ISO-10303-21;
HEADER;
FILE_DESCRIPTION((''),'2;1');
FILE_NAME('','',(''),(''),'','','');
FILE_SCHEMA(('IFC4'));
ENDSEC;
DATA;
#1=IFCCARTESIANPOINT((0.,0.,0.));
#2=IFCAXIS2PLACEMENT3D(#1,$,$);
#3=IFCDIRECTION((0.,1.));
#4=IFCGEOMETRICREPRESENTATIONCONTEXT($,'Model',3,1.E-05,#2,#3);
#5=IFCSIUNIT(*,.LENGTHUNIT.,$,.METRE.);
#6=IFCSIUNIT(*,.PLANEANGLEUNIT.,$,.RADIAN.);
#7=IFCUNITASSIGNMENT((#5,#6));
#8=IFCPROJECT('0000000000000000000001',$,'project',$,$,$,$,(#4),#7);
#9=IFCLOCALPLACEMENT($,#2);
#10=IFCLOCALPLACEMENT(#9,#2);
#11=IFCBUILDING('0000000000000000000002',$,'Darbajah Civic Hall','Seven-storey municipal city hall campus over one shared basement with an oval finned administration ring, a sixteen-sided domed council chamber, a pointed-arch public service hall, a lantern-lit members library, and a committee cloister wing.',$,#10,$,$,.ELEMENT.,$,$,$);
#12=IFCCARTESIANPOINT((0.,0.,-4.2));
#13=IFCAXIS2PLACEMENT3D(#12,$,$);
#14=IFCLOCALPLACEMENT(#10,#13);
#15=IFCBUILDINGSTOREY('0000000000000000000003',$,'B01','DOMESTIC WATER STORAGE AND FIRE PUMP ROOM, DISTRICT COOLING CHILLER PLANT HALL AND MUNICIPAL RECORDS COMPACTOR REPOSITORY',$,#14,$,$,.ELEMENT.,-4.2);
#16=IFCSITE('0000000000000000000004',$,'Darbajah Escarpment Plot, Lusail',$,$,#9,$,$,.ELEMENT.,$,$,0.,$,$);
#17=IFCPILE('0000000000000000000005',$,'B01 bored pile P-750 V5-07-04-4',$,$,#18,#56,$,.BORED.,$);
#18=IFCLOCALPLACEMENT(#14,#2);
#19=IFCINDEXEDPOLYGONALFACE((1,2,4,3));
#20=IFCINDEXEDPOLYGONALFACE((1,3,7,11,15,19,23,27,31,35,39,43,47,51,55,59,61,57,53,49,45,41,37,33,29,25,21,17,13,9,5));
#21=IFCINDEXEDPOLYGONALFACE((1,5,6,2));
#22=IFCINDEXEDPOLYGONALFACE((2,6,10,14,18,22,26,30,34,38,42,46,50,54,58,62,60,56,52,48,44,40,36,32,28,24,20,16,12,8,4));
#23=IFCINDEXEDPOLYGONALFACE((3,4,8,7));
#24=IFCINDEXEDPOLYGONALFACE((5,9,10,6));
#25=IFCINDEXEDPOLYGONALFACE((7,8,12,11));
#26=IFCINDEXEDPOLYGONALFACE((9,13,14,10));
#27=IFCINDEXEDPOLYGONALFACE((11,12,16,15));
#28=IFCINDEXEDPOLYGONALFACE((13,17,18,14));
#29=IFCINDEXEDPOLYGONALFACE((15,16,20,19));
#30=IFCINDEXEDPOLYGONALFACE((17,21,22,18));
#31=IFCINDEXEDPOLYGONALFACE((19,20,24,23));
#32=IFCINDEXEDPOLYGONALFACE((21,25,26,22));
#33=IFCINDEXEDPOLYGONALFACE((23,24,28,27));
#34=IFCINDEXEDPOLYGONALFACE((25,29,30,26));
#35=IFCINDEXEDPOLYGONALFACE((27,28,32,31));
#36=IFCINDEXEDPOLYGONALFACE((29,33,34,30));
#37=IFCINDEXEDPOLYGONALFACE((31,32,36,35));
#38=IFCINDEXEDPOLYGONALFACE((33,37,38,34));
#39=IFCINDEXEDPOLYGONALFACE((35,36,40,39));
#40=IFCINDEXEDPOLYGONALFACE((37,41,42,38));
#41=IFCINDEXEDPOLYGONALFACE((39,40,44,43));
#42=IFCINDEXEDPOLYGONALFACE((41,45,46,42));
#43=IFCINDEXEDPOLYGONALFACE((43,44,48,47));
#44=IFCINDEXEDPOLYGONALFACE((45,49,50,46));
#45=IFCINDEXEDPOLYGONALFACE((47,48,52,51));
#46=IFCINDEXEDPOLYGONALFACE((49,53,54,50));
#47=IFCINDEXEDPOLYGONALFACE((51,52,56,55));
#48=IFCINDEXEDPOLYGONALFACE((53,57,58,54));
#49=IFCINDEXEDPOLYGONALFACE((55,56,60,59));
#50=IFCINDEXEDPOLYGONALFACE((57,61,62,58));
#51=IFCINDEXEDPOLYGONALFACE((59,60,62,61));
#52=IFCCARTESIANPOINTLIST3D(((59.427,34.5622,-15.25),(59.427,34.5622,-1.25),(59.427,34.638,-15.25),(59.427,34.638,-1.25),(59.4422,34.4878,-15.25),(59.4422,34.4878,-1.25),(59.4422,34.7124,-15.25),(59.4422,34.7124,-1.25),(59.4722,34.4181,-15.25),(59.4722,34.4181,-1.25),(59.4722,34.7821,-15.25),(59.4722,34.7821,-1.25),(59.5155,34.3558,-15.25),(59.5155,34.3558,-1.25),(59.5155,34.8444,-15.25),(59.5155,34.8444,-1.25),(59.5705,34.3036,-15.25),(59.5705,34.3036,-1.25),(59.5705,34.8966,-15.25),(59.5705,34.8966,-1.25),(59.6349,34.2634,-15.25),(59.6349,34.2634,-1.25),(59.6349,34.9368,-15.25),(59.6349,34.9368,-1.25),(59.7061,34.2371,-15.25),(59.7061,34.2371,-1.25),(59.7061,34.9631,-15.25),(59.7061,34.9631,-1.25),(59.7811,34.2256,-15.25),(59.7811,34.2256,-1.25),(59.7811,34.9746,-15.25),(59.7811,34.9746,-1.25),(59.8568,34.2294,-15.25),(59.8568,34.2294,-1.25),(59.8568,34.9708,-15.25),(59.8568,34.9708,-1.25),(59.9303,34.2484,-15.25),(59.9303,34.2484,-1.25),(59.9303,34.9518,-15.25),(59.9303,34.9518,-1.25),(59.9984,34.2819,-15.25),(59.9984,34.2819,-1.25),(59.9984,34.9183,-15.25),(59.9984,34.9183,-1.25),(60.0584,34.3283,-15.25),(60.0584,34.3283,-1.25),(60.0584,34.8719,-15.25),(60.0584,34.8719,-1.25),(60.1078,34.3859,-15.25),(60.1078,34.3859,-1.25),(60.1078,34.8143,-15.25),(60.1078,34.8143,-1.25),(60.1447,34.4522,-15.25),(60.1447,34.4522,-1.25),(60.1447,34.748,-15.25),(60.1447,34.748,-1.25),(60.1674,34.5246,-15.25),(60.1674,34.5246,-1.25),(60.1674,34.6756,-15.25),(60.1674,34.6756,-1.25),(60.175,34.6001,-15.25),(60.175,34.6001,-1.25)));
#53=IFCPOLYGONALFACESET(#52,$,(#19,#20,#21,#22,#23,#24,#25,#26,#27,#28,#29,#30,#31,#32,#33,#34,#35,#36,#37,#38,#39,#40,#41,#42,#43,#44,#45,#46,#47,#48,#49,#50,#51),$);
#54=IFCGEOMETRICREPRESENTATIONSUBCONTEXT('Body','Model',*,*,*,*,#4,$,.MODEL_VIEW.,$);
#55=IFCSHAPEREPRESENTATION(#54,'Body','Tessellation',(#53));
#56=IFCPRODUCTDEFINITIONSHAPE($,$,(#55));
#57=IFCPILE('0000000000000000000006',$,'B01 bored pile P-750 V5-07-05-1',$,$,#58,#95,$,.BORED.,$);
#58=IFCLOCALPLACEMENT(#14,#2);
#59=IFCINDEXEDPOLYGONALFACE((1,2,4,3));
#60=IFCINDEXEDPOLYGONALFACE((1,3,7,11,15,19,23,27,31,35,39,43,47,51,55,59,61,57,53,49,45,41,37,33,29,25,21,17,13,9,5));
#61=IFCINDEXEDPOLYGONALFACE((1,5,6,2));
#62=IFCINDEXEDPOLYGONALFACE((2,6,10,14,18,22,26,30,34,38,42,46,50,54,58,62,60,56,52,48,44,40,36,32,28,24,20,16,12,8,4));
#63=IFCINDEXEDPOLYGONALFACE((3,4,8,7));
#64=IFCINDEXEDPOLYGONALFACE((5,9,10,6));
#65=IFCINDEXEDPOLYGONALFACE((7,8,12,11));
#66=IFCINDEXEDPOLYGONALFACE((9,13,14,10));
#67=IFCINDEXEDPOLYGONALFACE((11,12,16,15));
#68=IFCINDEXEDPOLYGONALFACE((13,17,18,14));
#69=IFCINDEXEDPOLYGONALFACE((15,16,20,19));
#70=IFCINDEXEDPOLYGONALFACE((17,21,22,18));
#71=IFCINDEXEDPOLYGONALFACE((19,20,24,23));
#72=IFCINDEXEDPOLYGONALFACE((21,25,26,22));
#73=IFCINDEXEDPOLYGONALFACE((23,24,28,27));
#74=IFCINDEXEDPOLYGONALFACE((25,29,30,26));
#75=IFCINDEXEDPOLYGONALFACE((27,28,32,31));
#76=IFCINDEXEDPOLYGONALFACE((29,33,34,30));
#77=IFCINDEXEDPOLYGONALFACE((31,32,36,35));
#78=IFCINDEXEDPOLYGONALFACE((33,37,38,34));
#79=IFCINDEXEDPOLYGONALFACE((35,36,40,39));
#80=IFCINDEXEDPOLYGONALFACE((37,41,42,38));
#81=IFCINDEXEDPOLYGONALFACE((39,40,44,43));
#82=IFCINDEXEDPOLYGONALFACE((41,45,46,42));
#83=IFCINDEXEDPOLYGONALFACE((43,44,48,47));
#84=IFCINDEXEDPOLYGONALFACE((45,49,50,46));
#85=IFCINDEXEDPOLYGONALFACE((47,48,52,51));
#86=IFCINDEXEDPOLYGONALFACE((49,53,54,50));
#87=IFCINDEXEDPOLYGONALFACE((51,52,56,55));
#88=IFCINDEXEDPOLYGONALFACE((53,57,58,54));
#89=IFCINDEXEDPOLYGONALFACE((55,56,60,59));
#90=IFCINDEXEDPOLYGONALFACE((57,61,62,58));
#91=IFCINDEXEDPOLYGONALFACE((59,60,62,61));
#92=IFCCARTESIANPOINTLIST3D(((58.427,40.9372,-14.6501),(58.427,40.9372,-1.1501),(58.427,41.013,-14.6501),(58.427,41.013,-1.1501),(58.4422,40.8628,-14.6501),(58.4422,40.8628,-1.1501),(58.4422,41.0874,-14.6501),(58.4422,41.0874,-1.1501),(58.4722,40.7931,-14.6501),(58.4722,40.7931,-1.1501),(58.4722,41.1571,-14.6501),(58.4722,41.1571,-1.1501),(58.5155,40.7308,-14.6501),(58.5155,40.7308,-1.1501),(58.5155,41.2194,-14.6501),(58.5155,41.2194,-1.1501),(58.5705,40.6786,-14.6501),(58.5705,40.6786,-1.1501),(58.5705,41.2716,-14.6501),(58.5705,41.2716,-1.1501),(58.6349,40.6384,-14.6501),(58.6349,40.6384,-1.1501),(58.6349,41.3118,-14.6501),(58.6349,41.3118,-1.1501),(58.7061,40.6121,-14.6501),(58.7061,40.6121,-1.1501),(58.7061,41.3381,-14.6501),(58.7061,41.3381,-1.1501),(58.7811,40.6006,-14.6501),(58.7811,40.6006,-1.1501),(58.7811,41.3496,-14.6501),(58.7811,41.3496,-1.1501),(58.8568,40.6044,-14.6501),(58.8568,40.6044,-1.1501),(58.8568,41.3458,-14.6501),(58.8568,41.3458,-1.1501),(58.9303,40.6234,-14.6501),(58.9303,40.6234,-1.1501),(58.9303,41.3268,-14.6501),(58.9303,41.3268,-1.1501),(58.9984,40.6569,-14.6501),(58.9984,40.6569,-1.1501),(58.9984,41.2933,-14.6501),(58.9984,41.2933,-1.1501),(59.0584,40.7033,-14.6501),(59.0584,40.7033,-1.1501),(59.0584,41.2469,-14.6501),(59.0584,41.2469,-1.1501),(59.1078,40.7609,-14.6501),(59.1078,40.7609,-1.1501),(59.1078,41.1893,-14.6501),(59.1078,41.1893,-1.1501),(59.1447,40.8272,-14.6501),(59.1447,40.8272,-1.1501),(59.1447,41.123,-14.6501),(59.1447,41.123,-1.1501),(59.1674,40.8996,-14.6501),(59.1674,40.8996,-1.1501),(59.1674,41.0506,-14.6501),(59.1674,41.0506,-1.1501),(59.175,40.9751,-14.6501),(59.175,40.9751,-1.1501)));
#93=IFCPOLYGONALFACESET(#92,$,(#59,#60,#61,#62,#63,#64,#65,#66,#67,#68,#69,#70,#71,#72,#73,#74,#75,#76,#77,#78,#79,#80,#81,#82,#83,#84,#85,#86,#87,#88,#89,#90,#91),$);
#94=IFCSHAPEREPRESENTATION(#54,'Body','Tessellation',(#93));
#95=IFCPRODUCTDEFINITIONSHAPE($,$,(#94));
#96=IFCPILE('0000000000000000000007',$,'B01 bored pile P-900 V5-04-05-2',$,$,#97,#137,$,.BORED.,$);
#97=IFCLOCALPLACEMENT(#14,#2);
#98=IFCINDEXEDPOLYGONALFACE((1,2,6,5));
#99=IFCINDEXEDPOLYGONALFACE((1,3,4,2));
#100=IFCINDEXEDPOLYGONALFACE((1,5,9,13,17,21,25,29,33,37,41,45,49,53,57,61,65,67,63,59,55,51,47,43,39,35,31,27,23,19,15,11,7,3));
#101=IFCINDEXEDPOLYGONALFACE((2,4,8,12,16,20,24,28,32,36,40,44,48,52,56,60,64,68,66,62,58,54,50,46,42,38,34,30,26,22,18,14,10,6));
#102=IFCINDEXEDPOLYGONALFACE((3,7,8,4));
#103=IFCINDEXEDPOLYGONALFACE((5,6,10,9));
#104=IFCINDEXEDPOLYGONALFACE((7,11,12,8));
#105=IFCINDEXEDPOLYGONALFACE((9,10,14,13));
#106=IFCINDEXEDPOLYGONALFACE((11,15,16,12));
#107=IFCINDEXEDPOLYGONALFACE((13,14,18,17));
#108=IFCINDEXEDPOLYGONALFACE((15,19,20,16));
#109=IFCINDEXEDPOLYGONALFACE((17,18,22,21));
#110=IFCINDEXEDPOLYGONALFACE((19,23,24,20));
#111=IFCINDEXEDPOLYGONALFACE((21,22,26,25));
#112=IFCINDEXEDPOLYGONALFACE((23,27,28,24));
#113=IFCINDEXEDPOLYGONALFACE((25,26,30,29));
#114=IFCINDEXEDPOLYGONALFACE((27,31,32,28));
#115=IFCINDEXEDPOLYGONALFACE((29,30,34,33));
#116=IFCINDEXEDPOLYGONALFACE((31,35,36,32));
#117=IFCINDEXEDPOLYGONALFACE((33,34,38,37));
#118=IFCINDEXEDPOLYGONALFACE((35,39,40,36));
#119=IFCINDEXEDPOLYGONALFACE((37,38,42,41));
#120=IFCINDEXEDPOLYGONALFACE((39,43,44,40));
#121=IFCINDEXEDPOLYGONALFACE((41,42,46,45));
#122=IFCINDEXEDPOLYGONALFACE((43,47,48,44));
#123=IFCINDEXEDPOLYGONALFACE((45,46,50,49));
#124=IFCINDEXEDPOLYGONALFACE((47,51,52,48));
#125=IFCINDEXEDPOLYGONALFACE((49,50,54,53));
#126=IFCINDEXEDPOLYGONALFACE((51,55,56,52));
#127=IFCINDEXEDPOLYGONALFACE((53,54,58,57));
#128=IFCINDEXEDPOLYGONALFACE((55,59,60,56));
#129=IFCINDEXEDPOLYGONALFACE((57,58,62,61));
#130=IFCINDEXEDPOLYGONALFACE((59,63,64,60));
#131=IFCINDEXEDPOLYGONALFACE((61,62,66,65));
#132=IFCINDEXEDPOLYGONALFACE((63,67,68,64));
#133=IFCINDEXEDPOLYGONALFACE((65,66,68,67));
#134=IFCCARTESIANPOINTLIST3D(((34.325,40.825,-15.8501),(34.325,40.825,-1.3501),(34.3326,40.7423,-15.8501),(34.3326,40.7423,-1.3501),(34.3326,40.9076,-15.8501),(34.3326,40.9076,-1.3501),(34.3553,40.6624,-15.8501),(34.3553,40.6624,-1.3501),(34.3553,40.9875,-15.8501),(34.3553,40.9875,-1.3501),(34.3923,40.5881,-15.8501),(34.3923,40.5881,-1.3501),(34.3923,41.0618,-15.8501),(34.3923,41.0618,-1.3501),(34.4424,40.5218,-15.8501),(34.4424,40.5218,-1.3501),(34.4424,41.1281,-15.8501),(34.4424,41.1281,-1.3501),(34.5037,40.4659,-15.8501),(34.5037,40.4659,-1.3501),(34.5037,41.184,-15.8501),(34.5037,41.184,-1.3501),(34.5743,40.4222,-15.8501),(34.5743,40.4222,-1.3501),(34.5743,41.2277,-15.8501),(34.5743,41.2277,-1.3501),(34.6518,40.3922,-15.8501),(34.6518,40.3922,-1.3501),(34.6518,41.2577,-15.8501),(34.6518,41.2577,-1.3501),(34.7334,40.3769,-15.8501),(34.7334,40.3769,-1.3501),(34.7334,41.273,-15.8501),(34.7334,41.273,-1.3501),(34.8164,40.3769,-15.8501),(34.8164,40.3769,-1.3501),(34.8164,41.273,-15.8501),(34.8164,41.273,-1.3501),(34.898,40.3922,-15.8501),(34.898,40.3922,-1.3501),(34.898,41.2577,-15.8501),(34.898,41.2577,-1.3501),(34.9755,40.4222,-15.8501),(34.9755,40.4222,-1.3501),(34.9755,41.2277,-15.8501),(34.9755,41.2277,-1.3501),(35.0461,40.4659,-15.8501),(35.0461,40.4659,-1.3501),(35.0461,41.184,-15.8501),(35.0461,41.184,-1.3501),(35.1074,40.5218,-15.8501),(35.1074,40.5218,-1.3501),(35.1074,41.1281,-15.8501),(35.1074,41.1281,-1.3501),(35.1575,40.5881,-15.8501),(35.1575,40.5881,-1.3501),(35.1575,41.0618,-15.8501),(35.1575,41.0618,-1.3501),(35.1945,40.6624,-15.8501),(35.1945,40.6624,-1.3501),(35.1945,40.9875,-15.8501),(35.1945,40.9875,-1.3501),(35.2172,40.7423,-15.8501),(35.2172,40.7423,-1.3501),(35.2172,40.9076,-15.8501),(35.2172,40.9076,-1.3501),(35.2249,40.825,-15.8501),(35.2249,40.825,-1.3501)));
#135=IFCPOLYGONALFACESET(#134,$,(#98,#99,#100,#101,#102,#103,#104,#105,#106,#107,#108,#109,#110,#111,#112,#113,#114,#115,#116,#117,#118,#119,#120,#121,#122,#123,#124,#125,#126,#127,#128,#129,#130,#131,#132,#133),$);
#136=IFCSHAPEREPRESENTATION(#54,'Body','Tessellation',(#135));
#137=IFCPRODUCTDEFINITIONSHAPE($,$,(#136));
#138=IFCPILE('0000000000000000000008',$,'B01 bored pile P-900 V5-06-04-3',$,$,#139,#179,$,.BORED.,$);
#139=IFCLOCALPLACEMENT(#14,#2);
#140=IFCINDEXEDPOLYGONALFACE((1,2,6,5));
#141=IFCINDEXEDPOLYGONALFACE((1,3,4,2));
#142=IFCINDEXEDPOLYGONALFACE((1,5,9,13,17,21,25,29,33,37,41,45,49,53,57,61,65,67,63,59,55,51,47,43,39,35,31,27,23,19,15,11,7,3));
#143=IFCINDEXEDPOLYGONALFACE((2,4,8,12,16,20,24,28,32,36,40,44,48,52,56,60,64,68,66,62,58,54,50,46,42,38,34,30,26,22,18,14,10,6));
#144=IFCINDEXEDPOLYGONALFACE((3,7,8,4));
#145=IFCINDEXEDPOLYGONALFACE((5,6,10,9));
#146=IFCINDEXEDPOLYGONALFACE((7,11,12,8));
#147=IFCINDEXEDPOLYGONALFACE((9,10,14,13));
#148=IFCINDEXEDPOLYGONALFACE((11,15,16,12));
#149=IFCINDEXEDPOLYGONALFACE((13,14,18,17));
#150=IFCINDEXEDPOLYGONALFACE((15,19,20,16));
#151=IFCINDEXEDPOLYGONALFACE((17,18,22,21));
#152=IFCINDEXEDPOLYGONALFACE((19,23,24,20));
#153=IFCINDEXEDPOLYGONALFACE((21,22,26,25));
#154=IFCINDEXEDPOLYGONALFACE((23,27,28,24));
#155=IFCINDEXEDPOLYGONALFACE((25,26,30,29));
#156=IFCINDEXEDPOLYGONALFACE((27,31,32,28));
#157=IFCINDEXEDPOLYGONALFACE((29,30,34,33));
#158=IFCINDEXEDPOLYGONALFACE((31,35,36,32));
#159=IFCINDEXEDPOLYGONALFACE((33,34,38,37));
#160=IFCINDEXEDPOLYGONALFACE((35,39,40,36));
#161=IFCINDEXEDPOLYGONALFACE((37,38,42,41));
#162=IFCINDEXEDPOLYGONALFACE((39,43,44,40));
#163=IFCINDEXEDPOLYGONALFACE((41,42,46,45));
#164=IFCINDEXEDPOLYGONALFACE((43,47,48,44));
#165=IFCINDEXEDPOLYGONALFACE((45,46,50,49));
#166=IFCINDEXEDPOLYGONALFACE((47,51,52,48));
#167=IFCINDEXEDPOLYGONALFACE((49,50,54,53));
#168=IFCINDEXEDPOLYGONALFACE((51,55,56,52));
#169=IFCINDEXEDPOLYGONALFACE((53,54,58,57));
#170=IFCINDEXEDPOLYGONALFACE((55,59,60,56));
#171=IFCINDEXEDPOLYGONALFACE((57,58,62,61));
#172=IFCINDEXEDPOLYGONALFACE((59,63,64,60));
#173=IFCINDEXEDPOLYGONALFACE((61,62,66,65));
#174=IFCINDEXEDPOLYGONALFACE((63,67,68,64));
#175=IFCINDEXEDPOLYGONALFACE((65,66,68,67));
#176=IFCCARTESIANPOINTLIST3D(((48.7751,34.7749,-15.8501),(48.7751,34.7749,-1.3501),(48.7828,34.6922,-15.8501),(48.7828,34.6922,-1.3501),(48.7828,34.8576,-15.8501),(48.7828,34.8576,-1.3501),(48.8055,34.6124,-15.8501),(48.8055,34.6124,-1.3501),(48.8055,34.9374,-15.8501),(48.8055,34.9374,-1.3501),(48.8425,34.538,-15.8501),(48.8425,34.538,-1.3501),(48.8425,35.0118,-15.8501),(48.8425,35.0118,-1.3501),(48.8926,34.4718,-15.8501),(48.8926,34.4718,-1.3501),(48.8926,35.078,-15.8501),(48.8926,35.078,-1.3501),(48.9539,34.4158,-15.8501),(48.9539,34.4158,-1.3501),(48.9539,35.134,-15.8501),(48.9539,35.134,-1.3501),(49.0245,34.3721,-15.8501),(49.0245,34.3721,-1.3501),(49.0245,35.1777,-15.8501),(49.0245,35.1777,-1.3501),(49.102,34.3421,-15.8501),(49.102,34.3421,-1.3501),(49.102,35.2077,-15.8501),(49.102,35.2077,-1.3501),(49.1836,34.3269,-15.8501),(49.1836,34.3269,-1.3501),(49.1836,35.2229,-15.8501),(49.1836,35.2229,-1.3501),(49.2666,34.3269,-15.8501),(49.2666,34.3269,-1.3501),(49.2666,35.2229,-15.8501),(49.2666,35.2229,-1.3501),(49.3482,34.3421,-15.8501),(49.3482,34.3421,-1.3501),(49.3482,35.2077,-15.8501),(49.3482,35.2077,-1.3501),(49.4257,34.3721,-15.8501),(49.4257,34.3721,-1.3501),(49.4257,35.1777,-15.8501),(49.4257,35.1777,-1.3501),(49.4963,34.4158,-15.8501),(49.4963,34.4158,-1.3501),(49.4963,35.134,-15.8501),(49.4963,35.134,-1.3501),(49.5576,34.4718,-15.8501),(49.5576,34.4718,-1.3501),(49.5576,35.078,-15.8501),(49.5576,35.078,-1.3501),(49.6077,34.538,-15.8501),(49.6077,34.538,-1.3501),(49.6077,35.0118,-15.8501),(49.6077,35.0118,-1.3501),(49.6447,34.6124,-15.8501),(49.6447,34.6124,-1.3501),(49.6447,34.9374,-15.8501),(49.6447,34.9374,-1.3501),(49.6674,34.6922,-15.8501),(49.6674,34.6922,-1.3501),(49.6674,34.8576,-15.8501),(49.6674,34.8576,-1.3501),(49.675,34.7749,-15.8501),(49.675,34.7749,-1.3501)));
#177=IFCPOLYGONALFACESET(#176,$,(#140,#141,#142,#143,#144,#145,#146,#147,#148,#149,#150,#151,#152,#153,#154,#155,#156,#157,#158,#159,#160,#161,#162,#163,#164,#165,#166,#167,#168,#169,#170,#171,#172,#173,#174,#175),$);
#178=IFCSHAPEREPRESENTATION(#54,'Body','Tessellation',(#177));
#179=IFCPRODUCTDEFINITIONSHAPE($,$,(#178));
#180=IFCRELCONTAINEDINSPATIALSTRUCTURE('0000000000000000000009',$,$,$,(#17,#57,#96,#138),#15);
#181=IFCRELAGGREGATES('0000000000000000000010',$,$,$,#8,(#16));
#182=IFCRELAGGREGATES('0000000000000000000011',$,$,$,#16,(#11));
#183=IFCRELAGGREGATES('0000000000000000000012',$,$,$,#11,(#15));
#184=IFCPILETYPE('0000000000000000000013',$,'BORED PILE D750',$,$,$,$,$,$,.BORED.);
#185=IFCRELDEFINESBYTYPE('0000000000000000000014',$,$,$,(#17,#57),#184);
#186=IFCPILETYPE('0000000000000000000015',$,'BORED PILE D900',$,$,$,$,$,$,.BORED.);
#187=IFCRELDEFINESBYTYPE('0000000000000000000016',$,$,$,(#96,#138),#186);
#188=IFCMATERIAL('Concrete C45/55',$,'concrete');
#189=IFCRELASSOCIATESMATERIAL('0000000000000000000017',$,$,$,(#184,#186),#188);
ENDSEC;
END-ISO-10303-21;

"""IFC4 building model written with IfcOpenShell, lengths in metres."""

from ifc_helpers import new_model, si_unit, direction, frame, origin, origin_2d, place, context, subcontext, project, spatial, circle, extrude, material, material_profile, profile_set, type_object, element, save


model = new_model("IFC4")

# Units and contexts
model_context = context("Model", 3, precision=1e-05, world=origin(), true_north=direction((0.0, 1.0)))
body_context = subcontext(model_context, "Body", "Model", "MODEL_VIEW")
ifc_project = project(units=[si_unit("LENGTHUNIT", "METRE"), si_unit("PLANEANGLEUNIT", "RADIAN")], contexts=[model_context])

# Site, building, storey
site_placement = place(None, origin())
site = spatial("IfcSite", under=ifc_project, at=site_placement, Name="Darbajah Escarpment Plot, Lusail", CompositionType="ELEMENT", RefElevation=0.0)
building_placement = place(site_placement, origin())
building = spatial("IfcBuilding", under=site, at=building_placement, Name="Darbajah Civic Hall", Description="Seven-storey municipal city hall campus over one shared basement with an oval finned administration ring, a sixteen-sided domed council chamber, a pointed-arch public service hall, a lantern-lit members library, and a committee cloister wing.", CompositionType="ELEMENT")
storey_placement = place(building_placement, frame((0.0, 0.0, -4.2)))
storey = spatial("IfcBuildingStorey", under=building, at=storey_placement, Name="B01", Description="DOMESTIC WATER STORAGE AND FIRE PUMP ROOM, DISTRICT COOLING CHILLER PLANT HALL AND MUNICIPAL RECORDS COMPACTOR REPOSITORY", CompositionType="ELEMENT", Elevation=-4.2)

# Piles
ifc_material_1 = material(Name="Concrete C45/55", Category="concrete")
ifc_material_profile_1 = material_profile(ifc_material_1, circle(Radius=0.375, at=origin_2d()), Name="BORED PILE D750")
ifc_profile_set_1 = profile_set([ifc_material_profile_1], Name="Concrete C45/55")
pile_type_1 = type_object("IfcPileType", Name="BORED PILE D750", PredefinedType="BORED", material=ifc_profile_set_1)
for number, where, z_axis, x_axis, name in (
    (1, (59.8, 34.6001, -1.25), (0.0, 0.0, -1.0), (1.0, 0.0, 0.0), "B01 bored pile P-750 V5-07-04-4"),
):
    element("IfcPile", number, at=place(storey_placement, frame(where, z_axis=z_axis, x_axis=x_axis)), inside=storey, type_object=pile_type_1, Name=name, PredefinedType="BORED", context=body_context, shape_type="SweptSolid", body=[
        extrude(circle(Radius=0.375, at=origin_2d()), origin(), (0.0, 0.0, 1.0), 14.0),
    ])
pile_placement = place(storey_placement, frame((58.8, 40.9751, -1.1501), z_axis=(0.0, 0.0, -1.0), x_axis=(1.0, 0.0, 0.0)))
element("IfcPile", 2, at=pile_placement, inside=storey, type_object=pile_type_1, Name="B01 bored pile P-750 V5-07-05-1", PredefinedType="BORED", context=body_context, shape_type="SweptSolid", body=[
    extrude(circle(Radius=0.375, at=origin_2d()), origin(), (0.0, 0.0, 1.0), 13.5),
])
ifc_material_profile_2 = material_profile(ifc_material_1, circle(Radius=0.45, at=origin_2d()), Name="BORED PILE D900")
ifc_profile_set_2 = profile_set([ifc_material_profile_2], Name="Concrete C45/55")
pile_type_2 = type_object("IfcPileType", Name="BORED PILE D900", PredefinedType="BORED", material=ifc_profile_set_2)
for number, where, z_axis, x_axis, name in (
    (3, (34.7749, 40.825, -1.3501), (0.0, 0.0, -1.0), (1.0, 0.0, 0.0), "B01 bored pile P-900 V5-04-05-2"),
    (4, (49.2251, 34.7749, -1.3501), (0.0, 0.0, -1.0), (1.0, 0.0, 0.0), "B01 bored pile P-900 V5-06-04-3"),
):
    element("IfcPile", number, at=place(storey_placement, frame(where, z_axis=z_axis, x_axis=x_axis)), inside=storey, type_object=pile_type_2, Name=name, PredefinedType="BORED", context=body_context, shape_type="SweptSolid", body=[
        extrude(circle(Radius=0.45, at=origin_2d()), origin(), (0.0, 0.0, 1.0), 14.5),
    ])

save(model, "model.ifc")
